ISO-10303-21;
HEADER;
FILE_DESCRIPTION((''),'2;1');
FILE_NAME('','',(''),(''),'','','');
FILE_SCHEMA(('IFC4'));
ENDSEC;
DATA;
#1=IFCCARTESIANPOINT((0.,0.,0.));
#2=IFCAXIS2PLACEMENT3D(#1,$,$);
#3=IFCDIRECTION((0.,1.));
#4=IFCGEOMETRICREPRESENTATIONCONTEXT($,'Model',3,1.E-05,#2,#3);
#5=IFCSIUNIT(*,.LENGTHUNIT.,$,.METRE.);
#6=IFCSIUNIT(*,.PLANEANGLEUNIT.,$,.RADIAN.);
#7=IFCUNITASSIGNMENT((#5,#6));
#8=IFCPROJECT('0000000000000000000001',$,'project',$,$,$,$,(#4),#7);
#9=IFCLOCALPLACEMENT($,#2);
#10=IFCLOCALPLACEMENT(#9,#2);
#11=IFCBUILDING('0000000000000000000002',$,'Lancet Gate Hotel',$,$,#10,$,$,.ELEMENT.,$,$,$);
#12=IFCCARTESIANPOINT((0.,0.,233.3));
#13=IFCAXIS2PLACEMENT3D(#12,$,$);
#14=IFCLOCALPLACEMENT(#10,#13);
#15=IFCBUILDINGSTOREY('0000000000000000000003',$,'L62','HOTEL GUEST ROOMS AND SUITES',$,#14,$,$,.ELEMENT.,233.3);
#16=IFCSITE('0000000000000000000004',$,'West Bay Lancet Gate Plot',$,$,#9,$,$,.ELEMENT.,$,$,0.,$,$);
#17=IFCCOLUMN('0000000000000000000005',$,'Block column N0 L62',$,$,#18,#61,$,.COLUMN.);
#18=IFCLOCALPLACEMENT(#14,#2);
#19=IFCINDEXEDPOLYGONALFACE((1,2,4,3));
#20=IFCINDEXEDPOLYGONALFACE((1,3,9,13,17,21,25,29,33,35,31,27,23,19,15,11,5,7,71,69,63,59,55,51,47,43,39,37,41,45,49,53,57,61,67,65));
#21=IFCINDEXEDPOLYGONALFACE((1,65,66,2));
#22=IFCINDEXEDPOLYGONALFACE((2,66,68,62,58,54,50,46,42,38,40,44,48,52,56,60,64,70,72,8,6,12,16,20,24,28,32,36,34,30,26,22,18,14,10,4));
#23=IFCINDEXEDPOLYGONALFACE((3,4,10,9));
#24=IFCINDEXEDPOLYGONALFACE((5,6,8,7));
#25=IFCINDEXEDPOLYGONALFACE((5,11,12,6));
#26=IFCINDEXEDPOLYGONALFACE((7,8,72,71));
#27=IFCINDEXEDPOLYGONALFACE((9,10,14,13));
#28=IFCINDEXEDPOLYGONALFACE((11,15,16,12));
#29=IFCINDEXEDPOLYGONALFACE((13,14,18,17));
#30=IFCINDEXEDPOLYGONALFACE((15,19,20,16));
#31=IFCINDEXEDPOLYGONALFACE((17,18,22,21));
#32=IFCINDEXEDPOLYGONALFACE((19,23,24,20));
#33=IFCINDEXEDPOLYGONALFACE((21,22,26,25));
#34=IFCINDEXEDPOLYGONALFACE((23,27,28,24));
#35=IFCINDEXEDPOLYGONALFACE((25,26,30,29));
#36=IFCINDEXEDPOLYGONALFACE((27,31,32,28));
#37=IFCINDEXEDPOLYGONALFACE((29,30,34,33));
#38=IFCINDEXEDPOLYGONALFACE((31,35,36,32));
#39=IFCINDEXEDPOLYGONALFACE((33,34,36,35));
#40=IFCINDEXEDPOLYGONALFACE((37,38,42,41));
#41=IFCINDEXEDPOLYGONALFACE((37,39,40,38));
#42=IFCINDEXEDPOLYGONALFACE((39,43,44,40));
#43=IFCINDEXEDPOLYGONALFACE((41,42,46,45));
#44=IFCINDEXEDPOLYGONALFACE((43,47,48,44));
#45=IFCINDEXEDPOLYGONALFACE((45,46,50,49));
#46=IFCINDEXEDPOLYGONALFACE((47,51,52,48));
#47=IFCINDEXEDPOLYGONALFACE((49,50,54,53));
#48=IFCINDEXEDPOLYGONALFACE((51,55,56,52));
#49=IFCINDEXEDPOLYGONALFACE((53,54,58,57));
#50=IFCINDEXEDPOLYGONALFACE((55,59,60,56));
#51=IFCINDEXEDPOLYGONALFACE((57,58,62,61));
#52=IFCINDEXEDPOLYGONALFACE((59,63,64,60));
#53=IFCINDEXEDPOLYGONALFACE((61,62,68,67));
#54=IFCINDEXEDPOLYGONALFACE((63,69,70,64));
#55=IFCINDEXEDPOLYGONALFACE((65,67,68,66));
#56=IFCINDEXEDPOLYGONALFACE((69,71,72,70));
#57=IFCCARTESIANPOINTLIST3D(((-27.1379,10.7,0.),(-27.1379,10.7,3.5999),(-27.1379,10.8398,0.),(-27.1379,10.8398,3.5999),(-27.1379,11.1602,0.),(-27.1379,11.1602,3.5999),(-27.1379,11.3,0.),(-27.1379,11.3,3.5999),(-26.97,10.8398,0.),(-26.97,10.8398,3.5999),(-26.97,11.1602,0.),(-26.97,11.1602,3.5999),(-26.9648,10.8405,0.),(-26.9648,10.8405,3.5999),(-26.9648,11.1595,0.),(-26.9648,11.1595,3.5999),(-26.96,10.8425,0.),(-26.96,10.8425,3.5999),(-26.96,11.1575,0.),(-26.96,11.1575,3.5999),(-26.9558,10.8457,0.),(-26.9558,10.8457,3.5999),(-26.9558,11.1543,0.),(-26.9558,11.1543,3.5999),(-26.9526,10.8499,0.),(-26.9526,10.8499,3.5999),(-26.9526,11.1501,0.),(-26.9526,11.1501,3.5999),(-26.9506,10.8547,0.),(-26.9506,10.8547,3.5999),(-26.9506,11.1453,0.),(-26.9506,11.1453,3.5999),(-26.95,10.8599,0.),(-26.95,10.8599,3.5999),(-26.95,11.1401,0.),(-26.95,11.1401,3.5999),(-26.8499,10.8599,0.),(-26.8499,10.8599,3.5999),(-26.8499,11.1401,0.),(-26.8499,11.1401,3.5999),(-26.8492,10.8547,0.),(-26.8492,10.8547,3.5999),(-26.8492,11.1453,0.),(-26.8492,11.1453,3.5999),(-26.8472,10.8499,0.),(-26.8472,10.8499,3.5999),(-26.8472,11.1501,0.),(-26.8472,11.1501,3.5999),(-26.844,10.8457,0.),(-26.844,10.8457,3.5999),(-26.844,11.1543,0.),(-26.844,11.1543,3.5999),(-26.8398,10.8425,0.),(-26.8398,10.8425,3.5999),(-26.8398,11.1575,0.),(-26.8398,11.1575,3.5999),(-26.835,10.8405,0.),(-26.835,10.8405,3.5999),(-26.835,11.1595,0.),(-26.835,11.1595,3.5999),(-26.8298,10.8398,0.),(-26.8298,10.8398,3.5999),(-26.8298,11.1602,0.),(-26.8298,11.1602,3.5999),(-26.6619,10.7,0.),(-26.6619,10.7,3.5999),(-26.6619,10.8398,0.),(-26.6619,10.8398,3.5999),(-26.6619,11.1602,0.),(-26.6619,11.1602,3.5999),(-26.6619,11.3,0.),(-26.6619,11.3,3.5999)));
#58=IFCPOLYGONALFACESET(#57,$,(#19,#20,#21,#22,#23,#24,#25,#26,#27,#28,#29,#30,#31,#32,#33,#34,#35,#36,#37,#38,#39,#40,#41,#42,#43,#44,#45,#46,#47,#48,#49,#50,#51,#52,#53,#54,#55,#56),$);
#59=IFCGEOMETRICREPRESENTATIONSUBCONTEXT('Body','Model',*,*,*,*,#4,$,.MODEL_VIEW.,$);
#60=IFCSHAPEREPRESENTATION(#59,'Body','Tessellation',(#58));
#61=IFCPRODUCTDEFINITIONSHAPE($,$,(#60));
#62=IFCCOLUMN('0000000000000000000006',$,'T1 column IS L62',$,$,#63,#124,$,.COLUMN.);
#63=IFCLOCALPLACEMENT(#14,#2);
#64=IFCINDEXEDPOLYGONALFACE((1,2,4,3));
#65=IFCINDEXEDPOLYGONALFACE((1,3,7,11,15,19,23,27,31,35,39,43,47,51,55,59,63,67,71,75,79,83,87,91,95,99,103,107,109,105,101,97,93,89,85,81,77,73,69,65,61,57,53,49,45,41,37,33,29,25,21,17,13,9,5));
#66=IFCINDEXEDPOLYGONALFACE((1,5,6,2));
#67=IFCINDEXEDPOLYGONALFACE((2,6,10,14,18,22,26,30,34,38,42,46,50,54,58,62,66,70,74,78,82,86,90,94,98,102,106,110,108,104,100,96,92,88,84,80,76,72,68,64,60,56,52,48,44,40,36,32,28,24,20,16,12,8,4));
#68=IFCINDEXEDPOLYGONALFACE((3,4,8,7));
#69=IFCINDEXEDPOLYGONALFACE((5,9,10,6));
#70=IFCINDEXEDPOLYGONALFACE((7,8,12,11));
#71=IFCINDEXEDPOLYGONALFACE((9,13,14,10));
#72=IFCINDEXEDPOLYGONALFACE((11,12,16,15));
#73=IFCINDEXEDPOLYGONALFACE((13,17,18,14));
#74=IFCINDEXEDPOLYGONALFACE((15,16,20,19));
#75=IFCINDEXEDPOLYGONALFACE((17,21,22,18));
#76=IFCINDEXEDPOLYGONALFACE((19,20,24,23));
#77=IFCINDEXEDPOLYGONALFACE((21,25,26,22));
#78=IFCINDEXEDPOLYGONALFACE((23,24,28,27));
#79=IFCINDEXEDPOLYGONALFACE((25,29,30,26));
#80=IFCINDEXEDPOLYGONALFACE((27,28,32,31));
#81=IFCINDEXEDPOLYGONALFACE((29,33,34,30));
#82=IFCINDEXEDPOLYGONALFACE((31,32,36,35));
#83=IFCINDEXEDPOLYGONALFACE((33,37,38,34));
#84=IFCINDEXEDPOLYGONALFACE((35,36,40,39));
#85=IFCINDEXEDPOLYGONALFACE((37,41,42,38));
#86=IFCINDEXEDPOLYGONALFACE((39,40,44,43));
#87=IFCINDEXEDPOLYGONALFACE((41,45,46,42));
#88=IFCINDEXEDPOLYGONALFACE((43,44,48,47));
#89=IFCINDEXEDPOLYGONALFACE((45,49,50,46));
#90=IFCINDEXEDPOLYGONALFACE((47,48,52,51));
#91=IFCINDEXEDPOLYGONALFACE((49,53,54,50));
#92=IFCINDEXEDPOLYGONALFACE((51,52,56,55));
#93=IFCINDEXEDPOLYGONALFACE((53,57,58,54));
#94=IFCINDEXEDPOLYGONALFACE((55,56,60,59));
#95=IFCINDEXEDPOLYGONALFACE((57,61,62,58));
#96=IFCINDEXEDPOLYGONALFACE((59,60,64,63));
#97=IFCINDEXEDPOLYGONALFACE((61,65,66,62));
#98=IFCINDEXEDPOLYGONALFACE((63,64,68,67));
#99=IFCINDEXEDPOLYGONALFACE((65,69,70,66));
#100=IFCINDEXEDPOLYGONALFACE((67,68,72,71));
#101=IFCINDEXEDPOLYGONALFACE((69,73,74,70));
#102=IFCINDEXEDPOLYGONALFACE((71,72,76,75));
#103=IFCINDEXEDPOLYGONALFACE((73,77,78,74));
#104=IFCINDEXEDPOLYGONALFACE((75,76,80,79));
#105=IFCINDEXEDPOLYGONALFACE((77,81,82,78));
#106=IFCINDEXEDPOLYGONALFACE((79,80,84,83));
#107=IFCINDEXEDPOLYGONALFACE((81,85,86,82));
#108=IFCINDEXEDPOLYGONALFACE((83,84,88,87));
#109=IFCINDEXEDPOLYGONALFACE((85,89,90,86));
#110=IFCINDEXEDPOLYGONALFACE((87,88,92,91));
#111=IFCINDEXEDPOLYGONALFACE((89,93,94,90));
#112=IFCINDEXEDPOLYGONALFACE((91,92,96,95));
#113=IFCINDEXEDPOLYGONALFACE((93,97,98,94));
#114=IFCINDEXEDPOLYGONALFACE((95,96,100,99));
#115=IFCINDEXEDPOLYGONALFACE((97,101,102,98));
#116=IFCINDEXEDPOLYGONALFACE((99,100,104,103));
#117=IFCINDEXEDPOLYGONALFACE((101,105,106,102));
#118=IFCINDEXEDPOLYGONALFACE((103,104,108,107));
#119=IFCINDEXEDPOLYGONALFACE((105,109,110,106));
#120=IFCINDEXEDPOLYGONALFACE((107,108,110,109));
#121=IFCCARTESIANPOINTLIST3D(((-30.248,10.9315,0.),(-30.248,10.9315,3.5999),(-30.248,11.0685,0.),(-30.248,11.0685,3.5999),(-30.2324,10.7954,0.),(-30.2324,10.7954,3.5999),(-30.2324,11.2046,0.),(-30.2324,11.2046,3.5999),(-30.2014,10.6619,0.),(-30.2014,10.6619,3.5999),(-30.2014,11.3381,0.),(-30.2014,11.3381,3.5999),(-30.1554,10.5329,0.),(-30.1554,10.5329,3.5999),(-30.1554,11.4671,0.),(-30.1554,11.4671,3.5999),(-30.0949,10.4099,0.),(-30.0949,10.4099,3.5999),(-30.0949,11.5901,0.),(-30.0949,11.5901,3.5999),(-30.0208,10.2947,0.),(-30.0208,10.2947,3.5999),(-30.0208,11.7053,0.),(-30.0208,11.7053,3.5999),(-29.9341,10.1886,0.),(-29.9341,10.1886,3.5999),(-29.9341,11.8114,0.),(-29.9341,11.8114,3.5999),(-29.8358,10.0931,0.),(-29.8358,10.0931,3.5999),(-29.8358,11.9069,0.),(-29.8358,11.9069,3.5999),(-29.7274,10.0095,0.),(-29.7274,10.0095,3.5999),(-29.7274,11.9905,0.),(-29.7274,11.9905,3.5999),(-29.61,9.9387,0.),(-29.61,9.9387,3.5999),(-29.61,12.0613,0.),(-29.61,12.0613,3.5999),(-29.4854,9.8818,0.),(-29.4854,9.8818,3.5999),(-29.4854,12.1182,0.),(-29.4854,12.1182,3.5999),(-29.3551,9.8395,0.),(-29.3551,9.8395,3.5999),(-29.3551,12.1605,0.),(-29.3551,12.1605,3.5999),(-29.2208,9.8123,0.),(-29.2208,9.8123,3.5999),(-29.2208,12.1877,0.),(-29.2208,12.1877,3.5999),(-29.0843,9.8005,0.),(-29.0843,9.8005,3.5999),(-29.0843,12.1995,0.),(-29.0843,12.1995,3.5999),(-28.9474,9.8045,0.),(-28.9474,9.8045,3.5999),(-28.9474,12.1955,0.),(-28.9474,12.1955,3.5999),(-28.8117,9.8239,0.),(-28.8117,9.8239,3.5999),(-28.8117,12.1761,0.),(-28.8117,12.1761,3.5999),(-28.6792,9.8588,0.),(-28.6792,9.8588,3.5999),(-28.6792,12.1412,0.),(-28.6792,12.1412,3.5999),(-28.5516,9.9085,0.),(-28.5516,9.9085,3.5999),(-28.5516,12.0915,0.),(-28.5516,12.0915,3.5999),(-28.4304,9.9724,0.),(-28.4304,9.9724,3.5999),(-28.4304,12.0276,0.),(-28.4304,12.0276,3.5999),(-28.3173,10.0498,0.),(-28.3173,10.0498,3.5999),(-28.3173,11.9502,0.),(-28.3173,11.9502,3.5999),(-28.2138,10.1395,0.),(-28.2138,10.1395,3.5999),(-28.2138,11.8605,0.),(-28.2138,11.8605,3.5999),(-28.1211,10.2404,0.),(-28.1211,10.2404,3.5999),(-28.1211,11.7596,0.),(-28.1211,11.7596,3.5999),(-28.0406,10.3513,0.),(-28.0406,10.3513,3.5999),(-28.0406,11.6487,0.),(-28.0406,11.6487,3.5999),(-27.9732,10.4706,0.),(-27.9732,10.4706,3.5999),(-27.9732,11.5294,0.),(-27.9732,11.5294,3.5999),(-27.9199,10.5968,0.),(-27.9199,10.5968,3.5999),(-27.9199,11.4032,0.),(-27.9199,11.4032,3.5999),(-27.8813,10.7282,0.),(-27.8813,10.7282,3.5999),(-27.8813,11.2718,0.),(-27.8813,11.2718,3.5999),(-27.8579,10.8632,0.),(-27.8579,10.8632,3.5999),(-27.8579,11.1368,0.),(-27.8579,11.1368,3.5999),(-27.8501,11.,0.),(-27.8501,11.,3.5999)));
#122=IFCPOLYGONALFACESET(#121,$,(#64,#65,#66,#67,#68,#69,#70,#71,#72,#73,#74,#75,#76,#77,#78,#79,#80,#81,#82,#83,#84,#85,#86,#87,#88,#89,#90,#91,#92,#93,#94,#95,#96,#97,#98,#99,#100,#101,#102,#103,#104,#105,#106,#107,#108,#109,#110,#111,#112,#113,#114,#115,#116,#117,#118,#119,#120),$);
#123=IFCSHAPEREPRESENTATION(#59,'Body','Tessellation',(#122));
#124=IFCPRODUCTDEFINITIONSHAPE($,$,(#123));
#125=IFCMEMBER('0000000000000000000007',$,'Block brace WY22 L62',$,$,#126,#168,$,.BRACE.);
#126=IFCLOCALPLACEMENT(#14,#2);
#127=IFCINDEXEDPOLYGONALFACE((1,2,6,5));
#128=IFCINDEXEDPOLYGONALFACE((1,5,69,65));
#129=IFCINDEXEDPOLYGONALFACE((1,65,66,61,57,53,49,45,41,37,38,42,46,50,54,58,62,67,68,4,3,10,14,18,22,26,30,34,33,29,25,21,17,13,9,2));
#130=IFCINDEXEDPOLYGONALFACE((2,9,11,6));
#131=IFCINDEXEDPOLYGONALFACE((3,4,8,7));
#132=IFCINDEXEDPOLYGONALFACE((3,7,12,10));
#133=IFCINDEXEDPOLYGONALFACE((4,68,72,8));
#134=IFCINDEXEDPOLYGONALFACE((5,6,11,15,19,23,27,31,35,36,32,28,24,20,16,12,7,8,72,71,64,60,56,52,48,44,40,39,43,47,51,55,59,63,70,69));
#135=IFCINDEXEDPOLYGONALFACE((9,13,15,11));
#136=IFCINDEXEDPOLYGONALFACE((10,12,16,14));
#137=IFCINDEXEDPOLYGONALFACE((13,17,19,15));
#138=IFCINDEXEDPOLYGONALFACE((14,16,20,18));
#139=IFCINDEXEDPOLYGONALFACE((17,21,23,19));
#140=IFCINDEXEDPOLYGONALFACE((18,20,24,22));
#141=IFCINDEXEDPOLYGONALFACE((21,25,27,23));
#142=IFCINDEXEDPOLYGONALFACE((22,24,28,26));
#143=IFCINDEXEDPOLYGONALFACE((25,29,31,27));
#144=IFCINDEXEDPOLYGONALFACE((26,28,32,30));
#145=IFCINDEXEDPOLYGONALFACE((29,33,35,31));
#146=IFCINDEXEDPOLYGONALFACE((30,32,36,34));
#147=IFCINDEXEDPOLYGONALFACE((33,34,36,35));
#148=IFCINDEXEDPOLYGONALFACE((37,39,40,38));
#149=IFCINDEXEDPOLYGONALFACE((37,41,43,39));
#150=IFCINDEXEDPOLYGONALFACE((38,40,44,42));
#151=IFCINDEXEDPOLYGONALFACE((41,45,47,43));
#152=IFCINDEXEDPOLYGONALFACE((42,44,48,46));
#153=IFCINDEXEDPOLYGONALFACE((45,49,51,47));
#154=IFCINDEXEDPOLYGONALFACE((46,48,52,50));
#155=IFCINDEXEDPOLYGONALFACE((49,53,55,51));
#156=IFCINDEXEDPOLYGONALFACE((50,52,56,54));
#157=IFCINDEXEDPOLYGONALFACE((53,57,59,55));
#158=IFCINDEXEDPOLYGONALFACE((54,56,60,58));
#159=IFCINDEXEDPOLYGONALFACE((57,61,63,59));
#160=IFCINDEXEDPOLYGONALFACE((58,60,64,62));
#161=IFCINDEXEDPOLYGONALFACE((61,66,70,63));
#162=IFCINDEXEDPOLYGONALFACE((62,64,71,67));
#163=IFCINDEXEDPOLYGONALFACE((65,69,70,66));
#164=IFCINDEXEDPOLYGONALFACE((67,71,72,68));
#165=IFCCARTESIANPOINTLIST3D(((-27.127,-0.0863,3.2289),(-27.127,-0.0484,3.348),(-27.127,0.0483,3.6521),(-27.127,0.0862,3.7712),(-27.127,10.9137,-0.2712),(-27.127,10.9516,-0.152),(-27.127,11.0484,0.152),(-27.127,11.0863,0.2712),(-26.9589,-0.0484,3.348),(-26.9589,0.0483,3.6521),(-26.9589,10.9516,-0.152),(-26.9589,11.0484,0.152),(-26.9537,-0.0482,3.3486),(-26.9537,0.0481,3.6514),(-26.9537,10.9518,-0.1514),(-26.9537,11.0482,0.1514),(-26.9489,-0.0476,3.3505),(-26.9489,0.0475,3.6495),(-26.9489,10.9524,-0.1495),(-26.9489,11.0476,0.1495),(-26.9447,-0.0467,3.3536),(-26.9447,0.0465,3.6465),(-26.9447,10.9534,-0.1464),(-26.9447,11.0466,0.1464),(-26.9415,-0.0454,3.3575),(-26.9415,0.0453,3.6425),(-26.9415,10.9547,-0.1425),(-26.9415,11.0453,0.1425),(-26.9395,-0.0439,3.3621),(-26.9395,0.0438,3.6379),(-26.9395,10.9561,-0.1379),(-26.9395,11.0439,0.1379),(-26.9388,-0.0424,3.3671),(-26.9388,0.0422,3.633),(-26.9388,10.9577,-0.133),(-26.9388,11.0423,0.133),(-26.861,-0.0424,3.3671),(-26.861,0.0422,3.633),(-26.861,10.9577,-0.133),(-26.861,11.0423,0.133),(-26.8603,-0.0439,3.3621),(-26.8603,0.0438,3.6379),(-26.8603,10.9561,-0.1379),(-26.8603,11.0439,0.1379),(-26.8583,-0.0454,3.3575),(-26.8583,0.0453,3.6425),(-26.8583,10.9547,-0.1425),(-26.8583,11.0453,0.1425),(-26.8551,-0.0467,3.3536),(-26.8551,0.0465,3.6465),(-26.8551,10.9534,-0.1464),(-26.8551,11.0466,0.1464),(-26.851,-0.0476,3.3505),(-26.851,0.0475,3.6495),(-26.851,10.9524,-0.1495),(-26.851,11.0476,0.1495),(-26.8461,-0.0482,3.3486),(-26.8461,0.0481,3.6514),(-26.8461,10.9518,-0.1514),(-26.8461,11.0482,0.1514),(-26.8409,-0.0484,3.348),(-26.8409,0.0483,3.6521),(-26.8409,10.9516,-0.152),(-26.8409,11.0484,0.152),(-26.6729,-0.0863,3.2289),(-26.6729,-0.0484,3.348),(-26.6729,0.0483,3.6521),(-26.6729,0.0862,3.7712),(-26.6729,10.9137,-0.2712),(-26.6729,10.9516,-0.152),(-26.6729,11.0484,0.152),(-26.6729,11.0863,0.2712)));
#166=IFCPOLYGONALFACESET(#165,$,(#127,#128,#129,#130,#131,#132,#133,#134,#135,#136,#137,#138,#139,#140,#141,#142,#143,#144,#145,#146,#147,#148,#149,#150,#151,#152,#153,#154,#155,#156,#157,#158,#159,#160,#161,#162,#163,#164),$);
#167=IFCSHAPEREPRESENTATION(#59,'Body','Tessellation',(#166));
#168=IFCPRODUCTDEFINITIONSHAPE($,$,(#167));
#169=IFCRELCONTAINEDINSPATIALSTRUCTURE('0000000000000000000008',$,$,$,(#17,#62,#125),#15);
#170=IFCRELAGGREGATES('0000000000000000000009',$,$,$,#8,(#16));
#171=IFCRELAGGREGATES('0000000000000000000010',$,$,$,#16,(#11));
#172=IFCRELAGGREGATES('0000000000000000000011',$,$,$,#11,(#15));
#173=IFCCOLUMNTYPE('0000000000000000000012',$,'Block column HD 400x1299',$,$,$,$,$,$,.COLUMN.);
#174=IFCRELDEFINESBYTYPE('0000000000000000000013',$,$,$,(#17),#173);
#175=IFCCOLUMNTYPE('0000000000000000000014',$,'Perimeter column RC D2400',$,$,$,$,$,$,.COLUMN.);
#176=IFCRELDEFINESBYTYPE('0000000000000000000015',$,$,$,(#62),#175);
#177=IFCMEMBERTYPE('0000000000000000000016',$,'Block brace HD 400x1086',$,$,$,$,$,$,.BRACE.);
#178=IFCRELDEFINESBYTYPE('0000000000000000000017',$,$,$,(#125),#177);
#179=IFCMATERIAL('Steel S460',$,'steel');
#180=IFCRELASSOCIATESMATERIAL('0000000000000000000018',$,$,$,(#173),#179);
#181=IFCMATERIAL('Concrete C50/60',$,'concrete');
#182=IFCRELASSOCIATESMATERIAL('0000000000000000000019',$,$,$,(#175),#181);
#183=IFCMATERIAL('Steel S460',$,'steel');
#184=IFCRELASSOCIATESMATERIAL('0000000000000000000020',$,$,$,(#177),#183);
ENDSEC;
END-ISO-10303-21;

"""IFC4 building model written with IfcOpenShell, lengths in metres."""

from ifc_helpers import new_model, si_unit, direction, frame, origin, origin_2d, place, context, subcontext, project, spatial, circle, i_section, extrude, material, material_profile, profile_set, type_object, element, save


model = new_model("IFC4")

# Units and contexts
model_context = context("Model", 3, precision=1e-05, world=origin(), true_north=direction((0.0, 1.0)))
body_context = subcontext(model_context, "Body", "Model", "MODEL_VIEW")
ifc_project = project(units=[si_unit("LENGTHUNIT", "METRE"), si_unit("PLANEANGLEUNIT", "RADIAN")], contexts=[model_context])

# Site, building, storey
site_placement = place(None, origin())
site = spatial("IfcSite", under=ifc_project, at=site_placement, Name="West Bay Lancet Gate Plot", CompositionType="ELEMENT", RefElevation=0.0)
building_placement = place(site_placement, origin())
building = spatial("IfcBuilding", under=site, at=building_placement, Name="Lancet Gate Hotel", CompositionType="ELEMENT")
storey_placement = place(building_placement, frame((0.0, 0.0, 233.3)))
storey = spatial("IfcBuildingStorey", under=building, at=storey_placement, Name="L62", Description="HOTEL GUEST ROOMS AND SUITES", CompositionType="ELEMENT", Elevation=233.3)

# Columns
ifc_material_1 = material(Name="Steel S460", Category="steel")
ifc_material_profile_1 = material_profile(ifc_material_1, i_section(OverallWidth=0.4761, OverallDepth=0.6001, WebThickness=0.1001, FlangeThickness=0.1399, FilletRadius=0.02, at=origin_2d()), Name="HD 400x1299")
ifc_profile_set_1 = profile_set([ifc_material_profile_1], Name="Steel S460")
column_type_1 = type_object("IfcColumnType", Name="Block column HD 400x1299", PredefinedType="COLUMN", material=ifc_profile_set_1)
column_1_placement = place(storey_placement, frame((-26.8999, 11.0, 0.0), z_axis=(0.0, 0.0, 1.0), x_axis=(1.0, 0.0, 0.0)))
element("IfcColumn", 1, at=column_1_placement, inside=storey, type_object=column_type_1, Name="Block column N0 L62", PredefinedType="COLUMN", context=body_context, shape_type="SweptSolid", body=[
    extrude(i_section(OverallWidth=0.4761, OverallDepth=0.6001, WebThickness=0.1001, FlangeThickness=0.1399, FilletRadius=0.02, at=origin_2d()), origin(), (0.0, 0.0, 1.0), 3.5999),
])
ifc_material_2 = material(Name="Concrete C50/60", Category="concrete")
ifc_material_profile_2 = material_profile(ifc_material_2, circle(Radius=1.2, at=origin_2d()), Name="RC D2400")
ifc_profile_set_2 = profile_set([ifc_material_profile_2], Name="Concrete C50/60")
column_type_2 = type_object("IfcColumnType", Name="Perimeter column RC D2400", PredefinedType="COLUMN", material=ifc_profile_set_2)
column_2_placement = place(storey_placement, frame((-29.05, 11.0, 0.0), z_axis=(0.0, 0.0, 1.0), x_axis=(1.0, 0.0, 0.0)))
element("IfcColumn", 2, at=column_2_placement, inside=storey, type_object=column_type_2, Name="T1 column IS L62", PredefinedType="COLUMN", context=body_context, shape_type="SweptSolid", body=[
    extrude(circle(Radius=1.2, at=origin_2d()), origin(), (0.0, 0.0, 1.0), 3.5999),
])

# Member
ifc_material_3 = material(Name="Steel S460", Category="steel")
ifc_material_profile_3 = material_profile(ifc_material_3, i_section(OverallWidth=0.4541, OverallDepth=0.5691, WebThickness=0.0779, FlangeThickness=0.125, FilletRadius=0.02, at=origin_2d()), Name="HD 400x1086")
ifc_profile_set_3 = profile_set([ifc_material_profile_3], Name="Steel S460")
member_type = type_object("IfcMemberType", Name="Block brace HD 400x1086", PredefinedType="BRACE", material=ifc_profile_set_3)
member_1_placement = place(storey_placement, frame((-26.8999, 11.0, 0.0), z_axis=(0.0, -0.952926, 0.303204), x_axis=(1.0, 0.0, 0.0)))
element("IfcMember", 3, at=member_1_placement, inside=storey, type_object=member_type, Name="Block brace WY22 L62", PredefinedType="BRACE", context=body_context, shape_type="SweptSolid", body=[
    extrude(i_section(OverallWidth=0.4541, OverallDepth=0.5691, WebThickness=0.0779, FlangeThickness=0.125, FilletRadius=0.02, at=origin_2d()), origin(), (0.0, 0.0, 1.0), 11.5435),
])

save(model, "model.ifc")
